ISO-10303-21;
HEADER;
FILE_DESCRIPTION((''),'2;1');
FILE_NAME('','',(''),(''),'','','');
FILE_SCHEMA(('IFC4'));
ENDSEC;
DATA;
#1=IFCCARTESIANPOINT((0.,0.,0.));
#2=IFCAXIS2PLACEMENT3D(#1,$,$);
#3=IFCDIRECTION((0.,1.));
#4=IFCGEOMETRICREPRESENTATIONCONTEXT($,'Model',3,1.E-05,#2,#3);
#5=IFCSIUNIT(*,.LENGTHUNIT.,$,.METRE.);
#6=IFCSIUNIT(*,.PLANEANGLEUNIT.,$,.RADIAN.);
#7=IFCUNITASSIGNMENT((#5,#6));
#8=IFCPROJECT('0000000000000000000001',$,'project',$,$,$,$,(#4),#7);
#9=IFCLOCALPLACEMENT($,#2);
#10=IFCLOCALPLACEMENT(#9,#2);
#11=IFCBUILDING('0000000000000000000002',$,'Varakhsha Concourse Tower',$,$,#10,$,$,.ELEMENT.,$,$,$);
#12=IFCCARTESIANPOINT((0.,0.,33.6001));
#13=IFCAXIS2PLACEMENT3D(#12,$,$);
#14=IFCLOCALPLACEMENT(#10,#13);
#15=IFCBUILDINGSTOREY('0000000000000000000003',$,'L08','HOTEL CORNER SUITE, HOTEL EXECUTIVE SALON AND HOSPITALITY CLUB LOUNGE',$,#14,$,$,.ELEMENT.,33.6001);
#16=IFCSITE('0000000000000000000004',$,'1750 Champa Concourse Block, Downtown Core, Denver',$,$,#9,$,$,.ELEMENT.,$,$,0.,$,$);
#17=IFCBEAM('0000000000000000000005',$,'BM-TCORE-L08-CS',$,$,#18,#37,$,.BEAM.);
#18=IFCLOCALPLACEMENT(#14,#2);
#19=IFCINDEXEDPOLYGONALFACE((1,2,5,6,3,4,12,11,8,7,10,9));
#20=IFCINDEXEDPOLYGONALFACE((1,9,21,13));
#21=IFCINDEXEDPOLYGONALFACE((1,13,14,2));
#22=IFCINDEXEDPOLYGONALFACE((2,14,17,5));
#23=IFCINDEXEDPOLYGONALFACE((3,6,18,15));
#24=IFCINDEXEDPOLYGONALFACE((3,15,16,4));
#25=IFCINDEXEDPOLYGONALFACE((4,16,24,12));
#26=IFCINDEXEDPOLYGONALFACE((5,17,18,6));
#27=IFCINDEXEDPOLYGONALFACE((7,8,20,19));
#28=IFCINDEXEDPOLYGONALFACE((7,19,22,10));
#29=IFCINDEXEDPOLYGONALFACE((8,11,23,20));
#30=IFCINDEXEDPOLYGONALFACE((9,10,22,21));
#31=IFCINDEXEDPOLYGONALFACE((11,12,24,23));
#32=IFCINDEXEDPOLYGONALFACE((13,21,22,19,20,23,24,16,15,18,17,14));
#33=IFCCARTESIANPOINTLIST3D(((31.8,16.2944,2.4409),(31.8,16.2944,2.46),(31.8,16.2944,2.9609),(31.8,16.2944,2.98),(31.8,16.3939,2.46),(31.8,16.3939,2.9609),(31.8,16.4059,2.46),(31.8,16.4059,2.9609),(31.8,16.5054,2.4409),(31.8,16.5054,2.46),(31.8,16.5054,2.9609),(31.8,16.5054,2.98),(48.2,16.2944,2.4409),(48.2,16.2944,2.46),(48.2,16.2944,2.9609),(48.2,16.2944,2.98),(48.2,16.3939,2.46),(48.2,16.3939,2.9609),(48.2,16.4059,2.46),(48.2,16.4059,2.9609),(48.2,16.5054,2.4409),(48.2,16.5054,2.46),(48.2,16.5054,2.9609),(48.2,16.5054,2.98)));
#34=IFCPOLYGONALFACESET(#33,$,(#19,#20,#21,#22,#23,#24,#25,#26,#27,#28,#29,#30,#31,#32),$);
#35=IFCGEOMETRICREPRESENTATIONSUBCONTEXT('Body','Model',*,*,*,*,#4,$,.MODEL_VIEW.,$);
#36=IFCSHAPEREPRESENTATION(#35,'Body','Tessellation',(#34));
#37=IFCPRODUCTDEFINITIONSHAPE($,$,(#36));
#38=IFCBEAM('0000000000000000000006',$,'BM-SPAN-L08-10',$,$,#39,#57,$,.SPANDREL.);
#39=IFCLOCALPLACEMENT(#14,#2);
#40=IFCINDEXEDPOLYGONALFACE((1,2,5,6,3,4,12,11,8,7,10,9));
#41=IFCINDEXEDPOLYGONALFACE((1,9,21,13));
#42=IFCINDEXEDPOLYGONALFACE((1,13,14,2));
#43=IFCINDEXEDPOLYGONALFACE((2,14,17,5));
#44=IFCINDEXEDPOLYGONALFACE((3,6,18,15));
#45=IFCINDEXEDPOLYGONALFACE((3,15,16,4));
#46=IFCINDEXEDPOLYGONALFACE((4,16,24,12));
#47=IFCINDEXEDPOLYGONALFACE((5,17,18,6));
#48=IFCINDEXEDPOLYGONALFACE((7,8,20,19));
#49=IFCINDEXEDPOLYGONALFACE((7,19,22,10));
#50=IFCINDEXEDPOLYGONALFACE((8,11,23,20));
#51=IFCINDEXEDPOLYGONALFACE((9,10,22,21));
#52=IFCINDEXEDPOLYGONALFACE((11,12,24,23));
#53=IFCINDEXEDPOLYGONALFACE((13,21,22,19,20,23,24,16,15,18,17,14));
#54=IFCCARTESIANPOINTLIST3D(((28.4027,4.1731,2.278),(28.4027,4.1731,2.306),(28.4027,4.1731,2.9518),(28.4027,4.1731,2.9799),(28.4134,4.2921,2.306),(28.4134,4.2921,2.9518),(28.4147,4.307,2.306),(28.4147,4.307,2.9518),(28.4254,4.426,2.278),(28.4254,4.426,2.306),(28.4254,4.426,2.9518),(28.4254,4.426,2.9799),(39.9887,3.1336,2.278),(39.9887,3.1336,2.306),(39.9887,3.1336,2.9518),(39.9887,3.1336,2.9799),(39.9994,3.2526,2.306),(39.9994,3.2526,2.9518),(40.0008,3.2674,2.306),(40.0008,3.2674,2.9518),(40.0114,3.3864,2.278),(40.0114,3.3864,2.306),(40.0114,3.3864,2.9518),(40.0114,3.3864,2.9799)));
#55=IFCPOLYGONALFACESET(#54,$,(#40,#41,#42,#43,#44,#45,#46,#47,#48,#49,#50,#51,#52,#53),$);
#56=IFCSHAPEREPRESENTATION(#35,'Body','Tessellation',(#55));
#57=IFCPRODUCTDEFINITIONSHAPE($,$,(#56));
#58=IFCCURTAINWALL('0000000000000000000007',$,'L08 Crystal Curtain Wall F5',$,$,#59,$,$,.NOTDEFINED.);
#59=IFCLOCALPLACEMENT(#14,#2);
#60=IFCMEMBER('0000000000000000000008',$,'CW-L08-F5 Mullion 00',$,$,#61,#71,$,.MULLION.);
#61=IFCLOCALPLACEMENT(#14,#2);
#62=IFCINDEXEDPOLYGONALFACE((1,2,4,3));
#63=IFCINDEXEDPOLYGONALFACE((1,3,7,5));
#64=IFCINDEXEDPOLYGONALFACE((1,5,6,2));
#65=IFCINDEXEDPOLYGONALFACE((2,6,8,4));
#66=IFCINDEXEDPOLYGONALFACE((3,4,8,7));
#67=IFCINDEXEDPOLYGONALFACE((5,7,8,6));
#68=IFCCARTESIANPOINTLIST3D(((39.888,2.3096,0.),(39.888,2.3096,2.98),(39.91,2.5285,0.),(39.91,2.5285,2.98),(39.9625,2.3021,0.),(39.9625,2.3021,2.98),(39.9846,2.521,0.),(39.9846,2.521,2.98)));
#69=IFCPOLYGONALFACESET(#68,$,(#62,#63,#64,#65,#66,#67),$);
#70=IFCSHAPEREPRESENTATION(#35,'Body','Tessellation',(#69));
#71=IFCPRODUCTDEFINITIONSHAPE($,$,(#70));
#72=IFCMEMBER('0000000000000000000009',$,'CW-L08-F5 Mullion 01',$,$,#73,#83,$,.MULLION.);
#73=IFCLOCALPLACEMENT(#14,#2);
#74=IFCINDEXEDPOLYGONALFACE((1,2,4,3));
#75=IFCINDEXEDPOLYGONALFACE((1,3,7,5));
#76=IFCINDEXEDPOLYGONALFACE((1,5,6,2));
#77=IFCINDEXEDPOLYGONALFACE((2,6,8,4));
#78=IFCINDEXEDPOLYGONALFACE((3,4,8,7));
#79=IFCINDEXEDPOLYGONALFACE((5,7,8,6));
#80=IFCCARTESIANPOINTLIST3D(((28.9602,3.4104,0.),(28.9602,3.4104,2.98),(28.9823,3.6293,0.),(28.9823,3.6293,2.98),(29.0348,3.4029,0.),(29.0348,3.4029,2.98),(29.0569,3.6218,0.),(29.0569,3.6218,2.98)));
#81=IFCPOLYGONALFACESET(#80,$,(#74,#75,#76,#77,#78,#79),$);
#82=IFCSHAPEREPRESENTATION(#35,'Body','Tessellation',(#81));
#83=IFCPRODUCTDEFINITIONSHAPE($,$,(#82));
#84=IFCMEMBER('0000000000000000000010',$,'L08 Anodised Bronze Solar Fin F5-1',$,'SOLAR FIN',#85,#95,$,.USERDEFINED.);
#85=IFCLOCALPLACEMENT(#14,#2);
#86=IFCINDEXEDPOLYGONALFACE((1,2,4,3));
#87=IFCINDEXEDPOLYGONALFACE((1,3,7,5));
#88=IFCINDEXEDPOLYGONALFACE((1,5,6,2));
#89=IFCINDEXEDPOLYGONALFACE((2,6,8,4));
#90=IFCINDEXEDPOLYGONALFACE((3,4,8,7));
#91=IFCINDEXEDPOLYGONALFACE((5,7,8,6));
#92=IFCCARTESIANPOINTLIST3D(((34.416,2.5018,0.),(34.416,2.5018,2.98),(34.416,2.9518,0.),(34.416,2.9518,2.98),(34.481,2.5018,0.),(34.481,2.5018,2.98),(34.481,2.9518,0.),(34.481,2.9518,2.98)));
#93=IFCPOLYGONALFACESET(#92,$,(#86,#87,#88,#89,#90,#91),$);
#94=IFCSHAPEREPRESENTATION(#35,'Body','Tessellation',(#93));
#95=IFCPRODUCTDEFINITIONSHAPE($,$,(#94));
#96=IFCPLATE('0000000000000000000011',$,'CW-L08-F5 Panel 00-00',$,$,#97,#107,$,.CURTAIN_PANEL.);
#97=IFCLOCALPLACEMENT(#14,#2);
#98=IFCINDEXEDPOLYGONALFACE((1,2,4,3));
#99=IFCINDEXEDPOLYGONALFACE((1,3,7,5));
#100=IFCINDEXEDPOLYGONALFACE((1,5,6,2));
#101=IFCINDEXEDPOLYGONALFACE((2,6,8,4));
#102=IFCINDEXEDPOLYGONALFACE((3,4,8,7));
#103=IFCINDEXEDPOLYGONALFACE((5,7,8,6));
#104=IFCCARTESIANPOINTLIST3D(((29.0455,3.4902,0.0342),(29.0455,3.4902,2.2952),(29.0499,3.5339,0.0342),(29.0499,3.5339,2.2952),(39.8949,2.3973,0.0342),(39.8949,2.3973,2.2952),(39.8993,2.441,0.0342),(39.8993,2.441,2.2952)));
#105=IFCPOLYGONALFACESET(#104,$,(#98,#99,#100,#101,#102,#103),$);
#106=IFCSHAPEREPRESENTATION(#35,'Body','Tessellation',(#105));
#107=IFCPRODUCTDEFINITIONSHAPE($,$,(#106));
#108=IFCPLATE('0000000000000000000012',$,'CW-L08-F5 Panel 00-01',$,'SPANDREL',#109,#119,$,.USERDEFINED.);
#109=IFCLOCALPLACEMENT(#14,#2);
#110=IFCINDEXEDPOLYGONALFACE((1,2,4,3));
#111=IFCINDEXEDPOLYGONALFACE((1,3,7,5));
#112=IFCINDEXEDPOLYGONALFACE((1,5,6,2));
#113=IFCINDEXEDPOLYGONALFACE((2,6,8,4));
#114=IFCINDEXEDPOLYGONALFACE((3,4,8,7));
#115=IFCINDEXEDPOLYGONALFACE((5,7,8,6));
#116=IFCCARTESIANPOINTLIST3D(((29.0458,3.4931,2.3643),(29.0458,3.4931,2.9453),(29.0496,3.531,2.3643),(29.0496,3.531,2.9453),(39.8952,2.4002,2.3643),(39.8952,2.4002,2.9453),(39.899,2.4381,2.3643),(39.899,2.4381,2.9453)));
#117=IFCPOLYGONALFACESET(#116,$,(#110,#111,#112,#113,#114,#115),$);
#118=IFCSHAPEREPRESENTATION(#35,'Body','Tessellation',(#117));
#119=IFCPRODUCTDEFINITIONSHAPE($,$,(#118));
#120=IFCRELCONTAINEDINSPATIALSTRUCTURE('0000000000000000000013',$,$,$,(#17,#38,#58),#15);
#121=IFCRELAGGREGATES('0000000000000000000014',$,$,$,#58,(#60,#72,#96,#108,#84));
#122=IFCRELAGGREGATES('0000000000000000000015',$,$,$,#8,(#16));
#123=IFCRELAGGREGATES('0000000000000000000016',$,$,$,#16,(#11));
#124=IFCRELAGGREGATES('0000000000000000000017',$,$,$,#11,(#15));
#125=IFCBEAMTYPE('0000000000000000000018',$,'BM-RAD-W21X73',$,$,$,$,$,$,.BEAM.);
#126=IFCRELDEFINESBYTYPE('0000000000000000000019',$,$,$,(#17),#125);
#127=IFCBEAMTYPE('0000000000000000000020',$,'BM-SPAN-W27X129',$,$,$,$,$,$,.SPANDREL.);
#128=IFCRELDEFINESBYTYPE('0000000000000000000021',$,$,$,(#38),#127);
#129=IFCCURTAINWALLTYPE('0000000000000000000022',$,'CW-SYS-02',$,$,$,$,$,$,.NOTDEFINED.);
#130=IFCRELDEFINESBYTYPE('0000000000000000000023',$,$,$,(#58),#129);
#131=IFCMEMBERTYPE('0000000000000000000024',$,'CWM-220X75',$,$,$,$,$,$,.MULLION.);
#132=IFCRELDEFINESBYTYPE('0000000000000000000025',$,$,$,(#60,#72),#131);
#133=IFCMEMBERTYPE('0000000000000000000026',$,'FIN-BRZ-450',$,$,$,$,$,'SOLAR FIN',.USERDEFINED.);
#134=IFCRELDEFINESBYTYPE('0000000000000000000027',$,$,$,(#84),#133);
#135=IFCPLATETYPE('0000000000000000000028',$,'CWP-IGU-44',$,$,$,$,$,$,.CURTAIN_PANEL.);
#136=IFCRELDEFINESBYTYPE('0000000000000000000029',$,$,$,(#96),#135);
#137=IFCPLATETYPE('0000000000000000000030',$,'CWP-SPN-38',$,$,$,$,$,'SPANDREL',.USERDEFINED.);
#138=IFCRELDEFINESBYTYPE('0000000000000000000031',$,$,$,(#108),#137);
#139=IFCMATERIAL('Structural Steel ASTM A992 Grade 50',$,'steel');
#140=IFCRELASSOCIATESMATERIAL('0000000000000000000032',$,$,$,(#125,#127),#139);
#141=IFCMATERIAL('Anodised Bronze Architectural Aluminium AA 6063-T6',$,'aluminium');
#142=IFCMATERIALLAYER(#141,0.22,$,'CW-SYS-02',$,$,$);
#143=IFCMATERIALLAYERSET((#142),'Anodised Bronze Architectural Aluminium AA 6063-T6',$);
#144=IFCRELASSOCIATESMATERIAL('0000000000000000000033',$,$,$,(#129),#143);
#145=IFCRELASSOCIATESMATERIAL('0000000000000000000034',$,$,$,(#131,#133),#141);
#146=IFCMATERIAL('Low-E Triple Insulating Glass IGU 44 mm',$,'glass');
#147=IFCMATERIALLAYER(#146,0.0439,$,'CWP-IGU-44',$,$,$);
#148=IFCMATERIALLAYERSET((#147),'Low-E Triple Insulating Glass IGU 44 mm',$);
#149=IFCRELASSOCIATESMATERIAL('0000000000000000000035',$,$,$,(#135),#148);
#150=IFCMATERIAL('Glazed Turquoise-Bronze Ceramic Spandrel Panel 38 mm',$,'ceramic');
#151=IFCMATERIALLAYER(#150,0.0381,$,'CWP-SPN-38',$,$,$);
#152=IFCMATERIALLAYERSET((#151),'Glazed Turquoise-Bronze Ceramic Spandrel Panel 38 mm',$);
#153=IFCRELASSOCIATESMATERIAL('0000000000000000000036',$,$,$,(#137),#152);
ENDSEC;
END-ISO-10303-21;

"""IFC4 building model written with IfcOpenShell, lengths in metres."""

from ifc_helpers import new_model, si_unit, direction, frame, origin, origin_2d, place, context, subcontext, project, spatial, rectangle, i_section, extrude, source, transform, mapped, material, layer, layer_set, material_profile, profile_set, type_object, type_shapes, element, aggregate, save


model = new_model("IFC4")

# Units and contexts
model_context = context("Model", 3, precision=1e-05, world=origin(), true_north=direction((0.0, 1.0)))
body_context = subcontext(model_context, "Body", "Model", "MODEL_VIEW")
ifc_project = project(units=[si_unit("LENGTHUNIT", "METRE"), si_unit("PLANEANGLEUNIT", "RADIAN")], contexts=[model_context])

# Site, building, storey
site_placement = place(None, origin())
site = spatial("IfcSite", under=ifc_project, at=site_placement, Name="1750 Champa Concourse Block, Downtown Core, Denver", CompositionType="ELEMENT", RefElevation=0.0)
building_placement = place(site_placement, origin())
building = spatial("IfcBuilding", under=site, at=building_placement, Name="Varakhsha Concourse Tower", CompositionType="ELEMENT")
storey_placement = place(building_placement, frame((0.0, 0.0, 33.6001)))
storey = spatial("IfcBuildingStorey", under=building, at=storey_placement, Name="L08", Description="HOTEL CORNER SUITE, HOTEL EXECUTIVE SALON AND HOSPITALITY CLUB LOUNGE", CompositionType="ELEMENT", Elevation=33.6001)

# Shared definitions
ifc_material_1 = material(Name="Structural Steel ASTM A992 Grade 50", Category="steel")

# Beams
ifc_material_profile_1 = material_profile(ifc_material_1, i_section(OverallWidth=0.2109, OverallDepth=0.5391, WebThickness=0.012, FlangeThickness=0.019, at=origin_2d()), Name="W21X73")
ifc_profile_set_1 = profile_set([ifc_material_profile_1], Name="Structural Steel ASTM A992 Grade 50")
beam_type_1 = type_object("IfcBeamType", Name="BM-RAD-W21X73", PredefinedType="BEAM", material=ifc_profile_set_1)
beam_1_placement = place(storey_placement, frame((31.8, 16.3999, 2.7104), z_axis=(1.0, 0.0, 0.0), x_axis=(0.0, 1.0, 0.0)))
element("IfcBeam", 1, at=beam_1_placement, inside=storey, type_object=beam_type_1, Name="BM-TCORE-L08-CS", PredefinedType="BEAM", context=body_context, shape_type="SweptSolid", body=[
    extrude(i_section(OverallWidth=0.2109, OverallDepth=0.5391, WebThickness=0.012, FlangeThickness=0.019, at=origin_2d()), origin(), (0.0, 0.0, 1.0), 16.3999),
])
ifc_material_profile_2 = material_profile(ifc_material_1, i_section(OverallWidth=0.2539, OverallDepth=0.7019, WebThickness=0.0149, FlangeThickness=0.0281, at=origin_2d()), Name="W27X129")
ifc_profile_set_2 = profile_set([ifc_material_profile_2], Name="Structural Steel ASTM A992 Grade 50")
beam_type_2 = type_object("IfcBeamType", Name="BM-SPAN-W27X129", PredefinedType="SPANDREL", material=ifc_profile_set_2)
beam_2_placement = place(storey_placement, frame((28.4141, 4.2996, 2.6289), z_axis=(0.995999, -0.089366, 0.0), x_axis=(0.089366, 0.995999, 0.0)))
element("IfcBeam", 2, at=beam_2_placement, inside=storey, type_object=beam_type_2, Name="BM-SPAN-L08-10", PredefinedType="SPANDREL", context=body_context, shape_type="SweptSolid", body=[
    extrude(i_section(OverallWidth=0.2539, OverallDepth=0.7019, WebThickness=0.0149, FlangeThickness=0.0281, at=origin_2d()), origin(), (0.0, 0.0, 1.0), 11.6326),
])

# Curtain wall, members, plates
ifc_material_2 = material(Name="Anodised Bronze Architectural Aluminium AA 6063-T6", Category="aluminium")
ifc_layer_1 = layer(ifc_material_2, 0.22, Name="CW-SYS-02")
ifc_layer_set_1 = layer_set([ifc_layer_1], Name="Anodised Bronze Architectural Aluminium AA 6063-T6")
curtain_wall_type = type_object("IfcCurtainWallType", Name="CW-SYS-02", PredefinedType="NOTDEFINED", material=ifc_layer_set_1)
curtain_wall_placement = place(storey_placement, origin())
curtain_wall = element("IfcCurtainWall", 3, at=curtain_wall_placement, inside=storey, type_object=curtain_wall_type, Name="L08 Crystal Curtain Wall F5", PredefinedType="NOTDEFINED")
ifc_material_profile_3 = material_profile(ifc_material_2, rectangle(XDim=0.075, YDim=0.22, at=origin_2d()), Name="CWM-220X75")
ifc_profile_set_3 = profile_set([ifc_material_profile_3], Name="Anodised Bronze Architectural Aluminium AA 6063-T6")
member_type_1 = type_object("IfcMemberType", Name="CWM-220X75", PredefinedType="MULLION", material=ifc_profile_set_3)
shared_shape_1 = source(origin(), body_context, "Body", "SweptSolid", [
    extrude(rectangle(XDim=0.075, YDim=0.22, at=origin_2d()), origin(), (0.0, 0.0, 1.0), 2.98),
])
type_shapes(member_type_1, [shared_shape_1])
member_1_placement = place(storey_placement, frame((39.9363, 2.4153, 0.0), z_axis=(0.0, 0.0, 1.0), x_axis=(-0.994965, 0.100226, 0.0)))
member_1 = element("IfcMember", 4, at=member_1_placement, type_object=member_type_1, Name="CW-L08-F5 Mullion 00", PredefinedType="MULLION", context=body_context, shape_type="MappedRepresentation", body=[
    mapped(shared_shape_1, transform((0.0, 0.0, 0.0), scale=1.0)),
])
member_2_placement = place(storey_placement, frame((29.0085, 3.5161, 0.0), z_axis=(0.0, 0.0, 1.0), x_axis=(-0.994965, 0.100226, 0.0)))
member_2 = element("IfcMember", 5, at=member_2_placement, type_object=member_type_1, Name="CW-L08-F5 Mullion 01", PredefinedType="MULLION", context=body_context, shape_type="MappedRepresentation", body=[
    mapped(shared_shape_1, transform((0.0, 0.0, 0.0), scale=1.0)),
])
ifc_material_profile_4 = material_profile(ifc_material_2, rectangle(XDim=0.0649, YDim=0.45, at=origin_2d()), Name="FIN-BRZ-450")
ifc_profile_set_4 = profile_set([ifc_material_profile_4], Name="Anodised Bronze Architectural Aluminium AA 6063-T6")
member_type_2 = type_object("IfcMemberType", Name="FIN-BRZ-450", ElementType="SOLAR FIN", PredefinedType="USERDEFINED", material=ifc_profile_set_4)
shared_shape_2 = source(origin(), body_context, "Body", "SweptSolid", [
    extrude(rectangle(XDim=0.0649, YDim=0.45, at=origin_2d()), origin(), (0.0, 0.0, 1.0), 2.98),
])
type_shapes(member_type_2, [shared_shape_2])
member_3_placement = place(storey_placement, frame((34.4485, 2.7268, 0.0), z_axis=(0.0, 0.0, 1.0), x_axis=(1.0, 0.0, 0.0)))
member_3 = element("IfcMember", 6, at=member_3_placement, type_object=member_type_2, Name="L08 Anodised Bronze Solar Fin F5-1", ObjectType="SOLAR FIN", PredefinedType="USERDEFINED", context=body_context, shape_type="MappedRepresentation", body=[
    mapped(shared_shape_2, transform((0.0, 0.0, 0.0), scale=1.0)),
])
ifc_material_3 = material(Name="Low-E Triple Insulating Glass IGU 44 mm", Category="glass")
ifc_layer_2 = layer(ifc_material_3, 0.0439, Name="CWP-IGU-44")
ifc_layer_set_2 = layer_set([ifc_layer_2], Name="Low-E Triple Insulating Glass IGU 44 mm")
plate_type_1 = type_object("IfcPlateType", Name="CWP-IGU-44", PredefinedType="CURTAIN_PANEL", material=ifc_layer_set_2)
shared_shape_3 = source(origin(), body_context, "Body", "SweptSolid", [
    extrude(rectangle(XDim=10.9043, YDim=0.0439, at=origin_2d()), origin(), (0.0, 0.0, 1.0), 2.261),
])
type_shapes(plate_type_1, [shared_shape_3])
plate_1_placement = place(storey_placement, frame((34.4724, 2.9656, 0.0342), z_axis=(0.0, 0.0, 1.0), x_axis=(-0.994965, 0.100226, 0.0)))
plate_1 = element("IfcPlate", 7, at=plate_1_placement, type_object=plate_type_1, Name="CW-L08-F5 Panel 00-00", PredefinedType="CURTAIN_PANEL", context=body_context, shape_type="MappedRepresentation", body=[
    mapped(shared_shape_3, transform((0.0, 0.0, 0.0), scale=1.0)),
])
ifc_material_4 = material(Name="Glazed Turquoise-Bronze Ceramic Spandrel Panel 38 mm", Category="ceramic")
ifc_layer_3 = layer(ifc_material_4, 0.0381, Name="CWP-SPN-38")
ifc_layer_set_3 = layer_set([ifc_layer_3], Name="Glazed Turquoise-Bronze Ceramic Spandrel Panel 38 mm")
plate_type_2 = type_object("IfcPlateType", Name="CWP-SPN-38", ElementType="SPANDREL", PredefinedType="USERDEFINED", material=ifc_layer_set_3)
shared_shape_4 = source(origin(), body_context, "Body", "SweptSolid", [
    extrude(rectangle(XDim=10.9043, YDim=0.0381, at=origin_2d()), origin(), (0.0, 0.0, 1.0), 0.5811),
])
type_shapes(plate_type_2, [shared_shape_4])
plate_2_placement = place(storey_placement, frame((34.4724, 2.9656, 2.3643), z_axis=(0.0, 0.0, 1.0), x_axis=(-0.994965, 0.100226, 0.0)))
plate_2 = element("IfcPlate", 8, at=plate_2_placement, type_object=plate_type_2, Name="CW-L08-F5 Panel 00-01", ObjectType="SPANDREL", PredefinedType="USERDEFINED", context=body_context, shape_type="MappedRepresentation", body=[
    mapped(shared_shape_4, transform((0.0, 0.0, 0.0), scale=1.0)),
])
aggregate(curtain_wall, [member_1, member_2, plate_1, plate_2, member_3])

save(model, "model.ifc")
